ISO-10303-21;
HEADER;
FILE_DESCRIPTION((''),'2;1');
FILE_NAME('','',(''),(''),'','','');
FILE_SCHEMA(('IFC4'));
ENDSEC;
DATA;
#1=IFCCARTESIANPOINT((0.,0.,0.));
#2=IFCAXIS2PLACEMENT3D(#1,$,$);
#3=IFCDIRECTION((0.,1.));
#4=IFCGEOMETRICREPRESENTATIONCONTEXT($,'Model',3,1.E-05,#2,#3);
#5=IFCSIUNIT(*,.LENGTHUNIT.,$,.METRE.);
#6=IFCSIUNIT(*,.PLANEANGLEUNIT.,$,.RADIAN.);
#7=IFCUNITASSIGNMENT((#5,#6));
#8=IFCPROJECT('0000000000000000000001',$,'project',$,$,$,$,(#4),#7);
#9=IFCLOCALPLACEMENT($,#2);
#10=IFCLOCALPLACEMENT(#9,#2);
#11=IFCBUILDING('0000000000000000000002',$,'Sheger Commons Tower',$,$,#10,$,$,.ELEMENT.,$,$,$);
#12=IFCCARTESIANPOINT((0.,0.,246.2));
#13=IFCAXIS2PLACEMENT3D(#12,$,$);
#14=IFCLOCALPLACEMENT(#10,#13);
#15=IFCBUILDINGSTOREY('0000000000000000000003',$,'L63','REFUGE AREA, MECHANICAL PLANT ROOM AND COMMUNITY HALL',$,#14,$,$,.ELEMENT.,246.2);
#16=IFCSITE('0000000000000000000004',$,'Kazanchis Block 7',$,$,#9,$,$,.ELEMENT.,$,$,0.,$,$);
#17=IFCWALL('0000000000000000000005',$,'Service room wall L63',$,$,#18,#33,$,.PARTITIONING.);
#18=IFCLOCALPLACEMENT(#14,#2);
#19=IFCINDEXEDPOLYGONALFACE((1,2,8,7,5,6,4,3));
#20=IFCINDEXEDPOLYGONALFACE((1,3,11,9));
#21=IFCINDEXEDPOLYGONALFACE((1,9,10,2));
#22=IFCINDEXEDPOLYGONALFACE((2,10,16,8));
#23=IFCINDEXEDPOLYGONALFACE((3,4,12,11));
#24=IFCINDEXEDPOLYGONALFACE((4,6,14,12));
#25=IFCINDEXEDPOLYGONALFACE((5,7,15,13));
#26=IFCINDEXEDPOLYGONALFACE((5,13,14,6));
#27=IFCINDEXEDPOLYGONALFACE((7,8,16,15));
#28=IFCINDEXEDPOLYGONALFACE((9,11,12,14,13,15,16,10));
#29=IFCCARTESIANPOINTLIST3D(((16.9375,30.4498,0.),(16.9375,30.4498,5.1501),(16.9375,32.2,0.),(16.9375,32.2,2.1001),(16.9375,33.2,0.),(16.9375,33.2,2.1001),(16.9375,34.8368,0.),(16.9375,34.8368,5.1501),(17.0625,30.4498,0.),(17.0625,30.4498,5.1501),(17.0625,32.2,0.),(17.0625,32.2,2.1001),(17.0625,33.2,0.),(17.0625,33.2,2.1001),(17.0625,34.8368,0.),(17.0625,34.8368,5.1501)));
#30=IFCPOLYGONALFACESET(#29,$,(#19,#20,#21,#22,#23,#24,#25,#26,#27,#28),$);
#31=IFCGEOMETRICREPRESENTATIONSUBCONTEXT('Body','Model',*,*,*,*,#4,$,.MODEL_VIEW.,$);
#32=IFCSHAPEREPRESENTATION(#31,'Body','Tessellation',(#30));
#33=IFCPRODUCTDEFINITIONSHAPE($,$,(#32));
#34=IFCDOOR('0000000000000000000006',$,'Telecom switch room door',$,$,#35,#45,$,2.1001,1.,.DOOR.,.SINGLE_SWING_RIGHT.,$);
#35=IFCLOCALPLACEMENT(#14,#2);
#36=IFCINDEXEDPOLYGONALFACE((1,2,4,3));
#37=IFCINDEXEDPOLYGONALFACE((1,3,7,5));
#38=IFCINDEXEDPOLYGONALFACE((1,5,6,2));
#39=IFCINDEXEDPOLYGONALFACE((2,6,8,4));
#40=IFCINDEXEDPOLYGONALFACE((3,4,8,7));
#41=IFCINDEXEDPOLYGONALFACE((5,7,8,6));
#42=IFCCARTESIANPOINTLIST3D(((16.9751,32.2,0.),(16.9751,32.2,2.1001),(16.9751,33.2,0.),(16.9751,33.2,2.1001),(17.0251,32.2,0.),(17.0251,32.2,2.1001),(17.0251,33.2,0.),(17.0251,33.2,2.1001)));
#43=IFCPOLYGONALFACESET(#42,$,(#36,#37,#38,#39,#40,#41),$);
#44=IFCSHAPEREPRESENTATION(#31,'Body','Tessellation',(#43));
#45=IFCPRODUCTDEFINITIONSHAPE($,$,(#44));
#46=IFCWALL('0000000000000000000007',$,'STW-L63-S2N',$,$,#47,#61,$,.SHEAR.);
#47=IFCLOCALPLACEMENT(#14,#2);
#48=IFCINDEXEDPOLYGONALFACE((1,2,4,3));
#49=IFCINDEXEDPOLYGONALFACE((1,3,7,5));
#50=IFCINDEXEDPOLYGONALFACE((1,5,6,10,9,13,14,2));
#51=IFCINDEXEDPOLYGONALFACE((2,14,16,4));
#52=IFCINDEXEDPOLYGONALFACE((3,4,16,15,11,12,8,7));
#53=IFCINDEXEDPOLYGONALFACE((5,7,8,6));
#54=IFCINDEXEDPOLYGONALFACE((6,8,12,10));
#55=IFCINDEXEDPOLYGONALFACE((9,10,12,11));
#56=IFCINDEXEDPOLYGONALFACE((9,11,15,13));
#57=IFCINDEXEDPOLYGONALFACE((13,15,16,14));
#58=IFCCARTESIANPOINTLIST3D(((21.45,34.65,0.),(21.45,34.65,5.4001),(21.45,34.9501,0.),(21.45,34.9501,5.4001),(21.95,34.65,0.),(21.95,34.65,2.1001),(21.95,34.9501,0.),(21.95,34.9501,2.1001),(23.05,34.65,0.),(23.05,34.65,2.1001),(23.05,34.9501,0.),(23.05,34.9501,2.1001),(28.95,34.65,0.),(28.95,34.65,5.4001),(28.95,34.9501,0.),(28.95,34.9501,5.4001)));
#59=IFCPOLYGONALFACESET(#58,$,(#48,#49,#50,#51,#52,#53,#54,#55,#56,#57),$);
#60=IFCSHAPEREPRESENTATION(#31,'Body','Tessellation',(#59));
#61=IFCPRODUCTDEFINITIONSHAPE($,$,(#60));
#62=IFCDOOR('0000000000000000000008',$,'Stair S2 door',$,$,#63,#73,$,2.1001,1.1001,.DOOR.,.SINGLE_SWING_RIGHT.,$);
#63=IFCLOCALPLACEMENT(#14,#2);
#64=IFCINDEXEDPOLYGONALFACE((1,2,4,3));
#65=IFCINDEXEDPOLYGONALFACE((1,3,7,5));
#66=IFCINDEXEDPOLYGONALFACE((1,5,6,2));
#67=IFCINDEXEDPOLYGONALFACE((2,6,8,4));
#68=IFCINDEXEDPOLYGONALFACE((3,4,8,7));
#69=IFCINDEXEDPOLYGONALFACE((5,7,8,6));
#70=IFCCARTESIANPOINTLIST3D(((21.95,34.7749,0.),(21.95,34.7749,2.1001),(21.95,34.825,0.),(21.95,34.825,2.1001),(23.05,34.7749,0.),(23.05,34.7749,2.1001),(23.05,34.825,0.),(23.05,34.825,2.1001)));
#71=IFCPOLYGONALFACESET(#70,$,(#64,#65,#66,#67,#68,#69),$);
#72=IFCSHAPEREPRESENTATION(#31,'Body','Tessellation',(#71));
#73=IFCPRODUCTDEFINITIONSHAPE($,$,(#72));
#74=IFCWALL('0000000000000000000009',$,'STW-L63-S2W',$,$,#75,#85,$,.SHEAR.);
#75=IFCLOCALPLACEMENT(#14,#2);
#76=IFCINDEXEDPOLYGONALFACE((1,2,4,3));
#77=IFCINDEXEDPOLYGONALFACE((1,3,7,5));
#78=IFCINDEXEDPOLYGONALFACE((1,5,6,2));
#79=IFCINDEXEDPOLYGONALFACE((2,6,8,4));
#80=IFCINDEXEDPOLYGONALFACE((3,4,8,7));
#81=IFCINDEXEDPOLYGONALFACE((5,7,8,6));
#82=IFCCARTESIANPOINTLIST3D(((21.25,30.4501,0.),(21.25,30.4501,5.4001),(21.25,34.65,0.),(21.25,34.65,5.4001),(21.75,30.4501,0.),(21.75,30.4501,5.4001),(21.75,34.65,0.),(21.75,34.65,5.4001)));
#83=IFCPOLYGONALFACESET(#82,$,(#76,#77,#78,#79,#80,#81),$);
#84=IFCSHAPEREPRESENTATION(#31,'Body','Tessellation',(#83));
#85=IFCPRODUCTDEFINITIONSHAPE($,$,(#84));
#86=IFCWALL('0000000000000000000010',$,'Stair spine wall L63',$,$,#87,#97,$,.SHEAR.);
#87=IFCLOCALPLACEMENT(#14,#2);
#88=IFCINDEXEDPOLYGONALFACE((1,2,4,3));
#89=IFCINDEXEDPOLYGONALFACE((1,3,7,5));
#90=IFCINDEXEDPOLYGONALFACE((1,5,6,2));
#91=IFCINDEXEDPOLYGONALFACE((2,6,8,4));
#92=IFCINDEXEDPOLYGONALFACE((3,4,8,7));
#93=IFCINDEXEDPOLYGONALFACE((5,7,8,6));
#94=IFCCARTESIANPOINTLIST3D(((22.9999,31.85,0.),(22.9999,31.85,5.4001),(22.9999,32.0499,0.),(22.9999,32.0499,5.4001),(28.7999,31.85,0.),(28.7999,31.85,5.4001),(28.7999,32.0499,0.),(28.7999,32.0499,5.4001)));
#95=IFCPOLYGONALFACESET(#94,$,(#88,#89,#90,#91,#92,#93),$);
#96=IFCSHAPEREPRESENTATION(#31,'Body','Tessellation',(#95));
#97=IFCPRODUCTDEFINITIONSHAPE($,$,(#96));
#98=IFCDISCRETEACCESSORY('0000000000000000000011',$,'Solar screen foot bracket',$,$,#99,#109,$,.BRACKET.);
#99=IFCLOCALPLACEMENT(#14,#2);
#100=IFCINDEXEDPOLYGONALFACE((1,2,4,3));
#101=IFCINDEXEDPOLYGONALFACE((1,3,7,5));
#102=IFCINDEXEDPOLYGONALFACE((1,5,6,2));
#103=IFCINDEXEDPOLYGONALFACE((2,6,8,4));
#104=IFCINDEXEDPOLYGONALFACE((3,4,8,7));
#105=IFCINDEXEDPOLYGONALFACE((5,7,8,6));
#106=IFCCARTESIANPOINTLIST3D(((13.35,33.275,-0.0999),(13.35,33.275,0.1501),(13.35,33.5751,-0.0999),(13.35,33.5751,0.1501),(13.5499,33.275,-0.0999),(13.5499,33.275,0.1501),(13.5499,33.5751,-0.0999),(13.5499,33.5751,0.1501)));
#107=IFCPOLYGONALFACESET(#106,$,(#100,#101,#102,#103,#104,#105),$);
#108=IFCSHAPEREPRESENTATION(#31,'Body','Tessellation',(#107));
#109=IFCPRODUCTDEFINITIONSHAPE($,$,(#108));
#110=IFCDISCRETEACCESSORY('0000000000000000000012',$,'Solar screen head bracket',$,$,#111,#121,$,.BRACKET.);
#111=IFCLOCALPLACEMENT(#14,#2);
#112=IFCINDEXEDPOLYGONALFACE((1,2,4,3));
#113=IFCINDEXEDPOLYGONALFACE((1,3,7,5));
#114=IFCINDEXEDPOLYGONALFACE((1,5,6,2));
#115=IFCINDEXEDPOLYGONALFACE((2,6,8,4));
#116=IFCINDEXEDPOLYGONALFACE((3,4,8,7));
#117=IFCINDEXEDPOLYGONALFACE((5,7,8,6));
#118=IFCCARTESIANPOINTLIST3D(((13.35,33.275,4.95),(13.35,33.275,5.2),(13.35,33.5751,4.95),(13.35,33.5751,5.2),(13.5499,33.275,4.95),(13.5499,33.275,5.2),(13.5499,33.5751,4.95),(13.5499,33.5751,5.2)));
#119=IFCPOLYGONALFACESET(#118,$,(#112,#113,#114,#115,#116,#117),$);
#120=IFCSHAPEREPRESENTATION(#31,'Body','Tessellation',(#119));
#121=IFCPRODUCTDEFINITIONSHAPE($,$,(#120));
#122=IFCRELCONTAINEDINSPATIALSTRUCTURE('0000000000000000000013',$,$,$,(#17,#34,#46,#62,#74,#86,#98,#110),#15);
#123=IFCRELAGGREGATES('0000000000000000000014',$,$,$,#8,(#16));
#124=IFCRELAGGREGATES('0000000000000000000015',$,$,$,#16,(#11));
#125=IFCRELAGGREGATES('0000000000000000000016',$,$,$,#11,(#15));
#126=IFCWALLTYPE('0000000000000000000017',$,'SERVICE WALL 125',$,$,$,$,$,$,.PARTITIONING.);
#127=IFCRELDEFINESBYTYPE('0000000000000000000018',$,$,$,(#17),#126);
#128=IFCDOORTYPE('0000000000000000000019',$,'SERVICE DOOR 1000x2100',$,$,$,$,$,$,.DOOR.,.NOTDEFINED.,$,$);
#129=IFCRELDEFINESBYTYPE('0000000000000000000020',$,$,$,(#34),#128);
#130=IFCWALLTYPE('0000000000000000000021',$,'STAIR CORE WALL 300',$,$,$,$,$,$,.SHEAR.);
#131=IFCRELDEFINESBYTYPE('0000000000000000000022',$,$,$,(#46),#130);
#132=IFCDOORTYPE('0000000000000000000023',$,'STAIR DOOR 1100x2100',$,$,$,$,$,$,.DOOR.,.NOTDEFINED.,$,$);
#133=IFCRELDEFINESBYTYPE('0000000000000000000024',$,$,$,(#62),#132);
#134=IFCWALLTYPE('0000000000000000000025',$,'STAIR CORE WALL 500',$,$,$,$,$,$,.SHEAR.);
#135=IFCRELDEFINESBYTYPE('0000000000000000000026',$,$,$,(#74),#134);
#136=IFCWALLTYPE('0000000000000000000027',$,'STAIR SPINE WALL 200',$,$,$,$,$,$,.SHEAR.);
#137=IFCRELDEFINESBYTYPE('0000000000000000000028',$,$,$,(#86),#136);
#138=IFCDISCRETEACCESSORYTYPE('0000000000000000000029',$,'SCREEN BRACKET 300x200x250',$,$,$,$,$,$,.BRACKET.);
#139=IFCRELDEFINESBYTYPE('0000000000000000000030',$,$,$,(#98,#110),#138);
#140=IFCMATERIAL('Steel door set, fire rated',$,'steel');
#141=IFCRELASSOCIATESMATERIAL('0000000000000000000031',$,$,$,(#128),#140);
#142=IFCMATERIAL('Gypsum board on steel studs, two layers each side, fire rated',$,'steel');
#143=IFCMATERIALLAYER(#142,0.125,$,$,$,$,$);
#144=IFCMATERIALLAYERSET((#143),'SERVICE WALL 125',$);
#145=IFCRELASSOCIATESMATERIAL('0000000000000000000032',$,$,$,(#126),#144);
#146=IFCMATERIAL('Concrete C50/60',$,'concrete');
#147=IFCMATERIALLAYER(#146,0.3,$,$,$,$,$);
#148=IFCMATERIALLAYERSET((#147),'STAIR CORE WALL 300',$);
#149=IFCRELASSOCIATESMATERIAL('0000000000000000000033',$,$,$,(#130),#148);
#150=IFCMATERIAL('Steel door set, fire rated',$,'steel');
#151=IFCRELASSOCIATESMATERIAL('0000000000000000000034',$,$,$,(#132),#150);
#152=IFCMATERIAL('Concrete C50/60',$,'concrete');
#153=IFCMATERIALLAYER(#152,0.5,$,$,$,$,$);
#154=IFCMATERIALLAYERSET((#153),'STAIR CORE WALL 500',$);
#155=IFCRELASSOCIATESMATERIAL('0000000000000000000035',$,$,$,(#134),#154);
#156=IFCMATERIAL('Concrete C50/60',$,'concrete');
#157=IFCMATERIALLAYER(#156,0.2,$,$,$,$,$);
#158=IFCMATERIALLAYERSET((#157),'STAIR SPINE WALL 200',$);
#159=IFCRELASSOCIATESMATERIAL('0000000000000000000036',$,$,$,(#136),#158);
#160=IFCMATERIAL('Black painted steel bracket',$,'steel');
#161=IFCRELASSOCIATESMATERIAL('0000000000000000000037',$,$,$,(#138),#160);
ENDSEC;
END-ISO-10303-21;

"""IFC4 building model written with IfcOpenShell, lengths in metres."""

from ifc_helpers import new_model, si_unit, direction, frame, frame_2d, origin, origin_2d, place, context, subcontext, project, spatial, rectangle, extrude, material, layer, layer_set, type_object, element, fill, save


model = new_model("IFC4")

# Units and contexts
model_context = context("Model", 3, precision=1e-05, world=origin(), true_north=direction((0.0, 1.0)))
body_context = subcontext(model_context, "Body", "Model", "MODEL_VIEW")
ifc_project = project(units=[si_unit("LENGTHUNIT", "METRE"), si_unit("PLANEANGLEUNIT", "RADIAN")], contexts=[model_context])

# Site, building, storey
site_placement = place(None, origin())
site = spatial("IfcSite", under=ifc_project, at=site_placement, Name="Kazanchis Block 7", CompositionType="ELEMENT", RefElevation=0.0)
building_placement = place(site_placement, origin())
building = spatial("IfcBuilding", under=site, at=building_placement, Name="Sheger Commons Tower", CompositionType="ELEMENT")
storey_placement = place(building_placement, frame((0.0, 0.0, 246.2)))
storey = spatial("IfcBuildingStorey", under=building, at=storey_placement, Name="L63", Description="REFUGE AREA, MECHANICAL PLANT ROOM AND COMMUNITY HALL", CompositionType="ELEMENT", Elevation=246.2)

# Shared definitions
ifc_material_1 = material(Name="Steel door set, fire rated", Category="steel")
door_type_1 = type_object("IfcDoorType", Name="SERVICE DOOR 1000x2100", OperationType="NOTDEFINED", PredefinedType="DOOR", material=ifc_material_1)

# Walls, openings, doors
ifc_material_2 = material(Name="Gypsum board on steel studs, two layers each side, fire rated", Category="steel")
ifc_layer_1 = layer(ifc_material_2, 0.125)
ifc_layer_set_1 = layer_set([ifc_layer_1], Name="SERVICE WALL 125")
wall_type_1 = type_object("IfcWallType", Name="SERVICE WALL 125", PredefinedType="PARTITIONING", material=ifc_layer_set_1)
wall_1_placement = place(storey_placement, frame((17.0, 30.45, 0.0), z_axis=(0.0, 0.0, 1.0), x_axis=(0.0, 1.0, 0.0)))
wall_1 = element("IfcWall", 1, at=wall_1_placement, inside=storey, type_object=wall_type_1, Name="Service room wall L63", PredefinedType="PARTITIONING", context=body_context, shape_type="SweptSolid", body=[
    extrude(rectangle(XDim=4.387, YDim=0.125, at=frame_2d((2.1934, 0.0))), origin(), (0.0, 0.0, 1.0), 5.1501),
])
opening_1_placement = place(wall_1_placement, frame((1.75, 0.0, 0.0)))
opening_1 = element("IfcOpeningElement", 2, at=opening_1_placement, cuts=wall_1, PredefinedType="OPENING", context=body_context, shape_type="SweptSolid", body=[
    extrude(rectangle(XDim=1.0, YDim=2.1001, at=frame_2d((0.5, 1.05))), frame((0.0, 0.0725, 0.0), z_axis=(0.0, -1.0, 0.0), x_axis=(1.0, 0.0, 0.0)), (0.0, 0.0, 1.0), 0.145),
])
door_1_placement = place(opening_1_placement, origin())
door_1 = element("IfcDoor", 3, at=door_1_placement, inside=storey, type_object=door_type_1, Name="Telecom switch room door", OperationType="SINGLE_SWING_RIGHT", OverallHeight=2.1001, OverallWidth=1.0, PredefinedType="DOOR", context=body_context, shape_type="SweptSolid", body=[
    extrude(rectangle(XDim=1.0, YDim=2.1001, at=frame_2d((0.5, 1.05))), frame((0.0, 0.0249, 0.0), z_axis=(0.0, -1.0, 0.0), x_axis=(1.0, 0.0, 0.0)), (0.0, 0.0, 1.0), 0.05),
])
fill(opening_1, door_1)
ifc_material_3 = material(Name="Concrete C50/60", Category="concrete")
ifc_layer_2 = layer(ifc_material_3, 0.3)
ifc_layer_set_2 = layer_set([ifc_layer_2], Name="STAIR CORE WALL 300")
wall_type_2 = type_object("IfcWallType", Name="STAIR CORE WALL 300", PredefinedType="SHEAR", material=ifc_layer_set_2)
wall_2_placement = place(storey_placement, frame((21.45, 34.8, 0.0), z_axis=(0.0, 0.0, 1.0), x_axis=(1.0, 0.0, 0.0)))
wall_2 = element("IfcWall", 4, at=wall_2_placement, inside=storey, type_object=wall_type_2, Name="STW-L63-S2N", PredefinedType="SHEAR", context=body_context, shape_type="SweptSolid", body=[
    extrude(rectangle(XDim=7.5, YDim=0.3, at=frame_2d((3.75, 0.0))), origin(), (0.0, 0.0, 1.0), 5.4001),
])
opening_2_placement = place(wall_2_placement, frame((0.5, 0.0, 0.0)))
opening_2 = element("IfcOpeningElement", 5, at=opening_2_placement, cuts=wall_2, PredefinedType="OPENING", context=body_context, shape_type="SweptSolid", body=[
    extrude(rectangle(XDim=1.1001, YDim=2.1001, at=frame_2d((0.55, 1.05))), frame((0.0, 0.1599, 0.0), z_axis=(0.0, -1.0, 0.0), x_axis=(1.0, 0.0, 0.0)), (0.0, 0.0, 1.0), 0.3201),
])
ifc_material_4 = material(Name="Steel door set, fire rated", Category="steel")
door_type_2 = type_object("IfcDoorType", Name="STAIR DOOR 1100x2100", OperationType="NOTDEFINED", PredefinedType="DOOR", material=ifc_material_4)
door_2_placement = place(opening_2_placement, origin())
door_2 = element("IfcDoor", 6, at=door_2_placement, inside=storey, type_object=door_type_2, Name="Stair S2 door", OperationType="SINGLE_SWING_RIGHT", OverallHeight=2.1001, OverallWidth=1.1001, PredefinedType="DOOR", context=body_context, shape_type="SweptSolid", body=[
    extrude(rectangle(XDim=1.1001, YDim=2.1001, at=frame_2d((0.55, 1.05))), frame((0.0, 0.0249, 0.0), z_axis=(0.0, -1.0, 0.0), x_axis=(1.0, 0.0, 0.0)), (0.0, 0.0, 1.0), 0.05),
])
fill(opening_2, door_2)

# Walls
ifc_material_5 = material(Name="Concrete C50/60", Category="concrete")
ifc_layer_3 = layer(ifc_material_5, 0.5)
ifc_layer_set_3 = layer_set([ifc_layer_3], Name="STAIR CORE WALL 500")
wall_type_3 = type_object("IfcWallType", Name="STAIR CORE WALL 500", PredefinedType="SHEAR", material=ifc_layer_set_3)
wall_3_placement = place(storey_placement, frame((21.5, 30.45, 0.0), z_axis=(0.0, 0.0, 1.0), x_axis=(0.0, 1.0, 0.0)))
element("IfcWall", 7, at=wall_3_placement, inside=storey, type_object=wall_type_3, Name="STW-L63-S2W", PredefinedType="SHEAR", context=body_context, shape_type="SweptSolid", body=[
    extrude(rectangle(XDim=4.2, YDim=0.5, at=frame_2d((2.1001, 0.0))), origin(), (0.0, 0.0, 1.0), 5.4001),
])
ifc_material_6 = material(Name="Concrete C50/60", Category="concrete")
ifc_layer_4 = layer(ifc_material_6, 0.2)
ifc_layer_set_4 = layer_set([ifc_layer_4], Name="STAIR SPINE WALL 200")
wall_type_4 = type_object("IfcWallType", Name="STAIR SPINE WALL 200", PredefinedType="SHEAR", material=ifc_layer_set_4)
wall_4_placement = place(storey_placement, frame((23.0, 31.95, 0.0), z_axis=(0.0, 0.0, 1.0), x_axis=(1.0, 0.0, 0.0)))
element("IfcWall", 8, at=wall_4_placement, inside=storey, type_object=wall_type_4, Name="Stair spine wall L63", PredefinedType="SHEAR", context=body_context, shape_type="SweptSolid", body=[
    extrude(rectangle(XDim=5.8, YDim=0.2, at=frame_2d((2.8999, 0.0))), origin(), (0.0, 0.0, 1.0), 5.4001),
])

# Discrete accessories
ifc_material_7 = material(Name="Black painted steel bracket", Category="steel")
discrete_accessory_type = type_object("IfcDiscreteAccessoryType", Name="SCREEN BRACKET 300x200x250", PredefinedType="BRACKET", material=ifc_material_7)
for number, where, z_axis, x_axis, name in (
    (9, (13.45, 33.425, -0.0999), (0.0, 0.0, 1.0), (0.0, -1.0, 0.0), "Solar screen foot bracket"),
    (10, (13.45, 33.425, 4.95), (0.0, 0.0, 1.0), (0.0, -1.0, 0.0), "Solar screen head bracket"),
):
    element("IfcDiscreteAccessory", number, at=place(storey_placement, frame(where, z_axis=z_axis, x_axis=x_axis)), inside=storey, type_object=discrete_accessory_type, Name=name, PredefinedType="BRACKET", context=body_context, shape_type="SweptSolid", body=[
        extrude(rectangle(XDim=0.3, YDim=0.2, at=origin_2d()), origin(), (0.0, 0.0, 1.0), 0.25),
    ])

save(model, "model.ifc")
